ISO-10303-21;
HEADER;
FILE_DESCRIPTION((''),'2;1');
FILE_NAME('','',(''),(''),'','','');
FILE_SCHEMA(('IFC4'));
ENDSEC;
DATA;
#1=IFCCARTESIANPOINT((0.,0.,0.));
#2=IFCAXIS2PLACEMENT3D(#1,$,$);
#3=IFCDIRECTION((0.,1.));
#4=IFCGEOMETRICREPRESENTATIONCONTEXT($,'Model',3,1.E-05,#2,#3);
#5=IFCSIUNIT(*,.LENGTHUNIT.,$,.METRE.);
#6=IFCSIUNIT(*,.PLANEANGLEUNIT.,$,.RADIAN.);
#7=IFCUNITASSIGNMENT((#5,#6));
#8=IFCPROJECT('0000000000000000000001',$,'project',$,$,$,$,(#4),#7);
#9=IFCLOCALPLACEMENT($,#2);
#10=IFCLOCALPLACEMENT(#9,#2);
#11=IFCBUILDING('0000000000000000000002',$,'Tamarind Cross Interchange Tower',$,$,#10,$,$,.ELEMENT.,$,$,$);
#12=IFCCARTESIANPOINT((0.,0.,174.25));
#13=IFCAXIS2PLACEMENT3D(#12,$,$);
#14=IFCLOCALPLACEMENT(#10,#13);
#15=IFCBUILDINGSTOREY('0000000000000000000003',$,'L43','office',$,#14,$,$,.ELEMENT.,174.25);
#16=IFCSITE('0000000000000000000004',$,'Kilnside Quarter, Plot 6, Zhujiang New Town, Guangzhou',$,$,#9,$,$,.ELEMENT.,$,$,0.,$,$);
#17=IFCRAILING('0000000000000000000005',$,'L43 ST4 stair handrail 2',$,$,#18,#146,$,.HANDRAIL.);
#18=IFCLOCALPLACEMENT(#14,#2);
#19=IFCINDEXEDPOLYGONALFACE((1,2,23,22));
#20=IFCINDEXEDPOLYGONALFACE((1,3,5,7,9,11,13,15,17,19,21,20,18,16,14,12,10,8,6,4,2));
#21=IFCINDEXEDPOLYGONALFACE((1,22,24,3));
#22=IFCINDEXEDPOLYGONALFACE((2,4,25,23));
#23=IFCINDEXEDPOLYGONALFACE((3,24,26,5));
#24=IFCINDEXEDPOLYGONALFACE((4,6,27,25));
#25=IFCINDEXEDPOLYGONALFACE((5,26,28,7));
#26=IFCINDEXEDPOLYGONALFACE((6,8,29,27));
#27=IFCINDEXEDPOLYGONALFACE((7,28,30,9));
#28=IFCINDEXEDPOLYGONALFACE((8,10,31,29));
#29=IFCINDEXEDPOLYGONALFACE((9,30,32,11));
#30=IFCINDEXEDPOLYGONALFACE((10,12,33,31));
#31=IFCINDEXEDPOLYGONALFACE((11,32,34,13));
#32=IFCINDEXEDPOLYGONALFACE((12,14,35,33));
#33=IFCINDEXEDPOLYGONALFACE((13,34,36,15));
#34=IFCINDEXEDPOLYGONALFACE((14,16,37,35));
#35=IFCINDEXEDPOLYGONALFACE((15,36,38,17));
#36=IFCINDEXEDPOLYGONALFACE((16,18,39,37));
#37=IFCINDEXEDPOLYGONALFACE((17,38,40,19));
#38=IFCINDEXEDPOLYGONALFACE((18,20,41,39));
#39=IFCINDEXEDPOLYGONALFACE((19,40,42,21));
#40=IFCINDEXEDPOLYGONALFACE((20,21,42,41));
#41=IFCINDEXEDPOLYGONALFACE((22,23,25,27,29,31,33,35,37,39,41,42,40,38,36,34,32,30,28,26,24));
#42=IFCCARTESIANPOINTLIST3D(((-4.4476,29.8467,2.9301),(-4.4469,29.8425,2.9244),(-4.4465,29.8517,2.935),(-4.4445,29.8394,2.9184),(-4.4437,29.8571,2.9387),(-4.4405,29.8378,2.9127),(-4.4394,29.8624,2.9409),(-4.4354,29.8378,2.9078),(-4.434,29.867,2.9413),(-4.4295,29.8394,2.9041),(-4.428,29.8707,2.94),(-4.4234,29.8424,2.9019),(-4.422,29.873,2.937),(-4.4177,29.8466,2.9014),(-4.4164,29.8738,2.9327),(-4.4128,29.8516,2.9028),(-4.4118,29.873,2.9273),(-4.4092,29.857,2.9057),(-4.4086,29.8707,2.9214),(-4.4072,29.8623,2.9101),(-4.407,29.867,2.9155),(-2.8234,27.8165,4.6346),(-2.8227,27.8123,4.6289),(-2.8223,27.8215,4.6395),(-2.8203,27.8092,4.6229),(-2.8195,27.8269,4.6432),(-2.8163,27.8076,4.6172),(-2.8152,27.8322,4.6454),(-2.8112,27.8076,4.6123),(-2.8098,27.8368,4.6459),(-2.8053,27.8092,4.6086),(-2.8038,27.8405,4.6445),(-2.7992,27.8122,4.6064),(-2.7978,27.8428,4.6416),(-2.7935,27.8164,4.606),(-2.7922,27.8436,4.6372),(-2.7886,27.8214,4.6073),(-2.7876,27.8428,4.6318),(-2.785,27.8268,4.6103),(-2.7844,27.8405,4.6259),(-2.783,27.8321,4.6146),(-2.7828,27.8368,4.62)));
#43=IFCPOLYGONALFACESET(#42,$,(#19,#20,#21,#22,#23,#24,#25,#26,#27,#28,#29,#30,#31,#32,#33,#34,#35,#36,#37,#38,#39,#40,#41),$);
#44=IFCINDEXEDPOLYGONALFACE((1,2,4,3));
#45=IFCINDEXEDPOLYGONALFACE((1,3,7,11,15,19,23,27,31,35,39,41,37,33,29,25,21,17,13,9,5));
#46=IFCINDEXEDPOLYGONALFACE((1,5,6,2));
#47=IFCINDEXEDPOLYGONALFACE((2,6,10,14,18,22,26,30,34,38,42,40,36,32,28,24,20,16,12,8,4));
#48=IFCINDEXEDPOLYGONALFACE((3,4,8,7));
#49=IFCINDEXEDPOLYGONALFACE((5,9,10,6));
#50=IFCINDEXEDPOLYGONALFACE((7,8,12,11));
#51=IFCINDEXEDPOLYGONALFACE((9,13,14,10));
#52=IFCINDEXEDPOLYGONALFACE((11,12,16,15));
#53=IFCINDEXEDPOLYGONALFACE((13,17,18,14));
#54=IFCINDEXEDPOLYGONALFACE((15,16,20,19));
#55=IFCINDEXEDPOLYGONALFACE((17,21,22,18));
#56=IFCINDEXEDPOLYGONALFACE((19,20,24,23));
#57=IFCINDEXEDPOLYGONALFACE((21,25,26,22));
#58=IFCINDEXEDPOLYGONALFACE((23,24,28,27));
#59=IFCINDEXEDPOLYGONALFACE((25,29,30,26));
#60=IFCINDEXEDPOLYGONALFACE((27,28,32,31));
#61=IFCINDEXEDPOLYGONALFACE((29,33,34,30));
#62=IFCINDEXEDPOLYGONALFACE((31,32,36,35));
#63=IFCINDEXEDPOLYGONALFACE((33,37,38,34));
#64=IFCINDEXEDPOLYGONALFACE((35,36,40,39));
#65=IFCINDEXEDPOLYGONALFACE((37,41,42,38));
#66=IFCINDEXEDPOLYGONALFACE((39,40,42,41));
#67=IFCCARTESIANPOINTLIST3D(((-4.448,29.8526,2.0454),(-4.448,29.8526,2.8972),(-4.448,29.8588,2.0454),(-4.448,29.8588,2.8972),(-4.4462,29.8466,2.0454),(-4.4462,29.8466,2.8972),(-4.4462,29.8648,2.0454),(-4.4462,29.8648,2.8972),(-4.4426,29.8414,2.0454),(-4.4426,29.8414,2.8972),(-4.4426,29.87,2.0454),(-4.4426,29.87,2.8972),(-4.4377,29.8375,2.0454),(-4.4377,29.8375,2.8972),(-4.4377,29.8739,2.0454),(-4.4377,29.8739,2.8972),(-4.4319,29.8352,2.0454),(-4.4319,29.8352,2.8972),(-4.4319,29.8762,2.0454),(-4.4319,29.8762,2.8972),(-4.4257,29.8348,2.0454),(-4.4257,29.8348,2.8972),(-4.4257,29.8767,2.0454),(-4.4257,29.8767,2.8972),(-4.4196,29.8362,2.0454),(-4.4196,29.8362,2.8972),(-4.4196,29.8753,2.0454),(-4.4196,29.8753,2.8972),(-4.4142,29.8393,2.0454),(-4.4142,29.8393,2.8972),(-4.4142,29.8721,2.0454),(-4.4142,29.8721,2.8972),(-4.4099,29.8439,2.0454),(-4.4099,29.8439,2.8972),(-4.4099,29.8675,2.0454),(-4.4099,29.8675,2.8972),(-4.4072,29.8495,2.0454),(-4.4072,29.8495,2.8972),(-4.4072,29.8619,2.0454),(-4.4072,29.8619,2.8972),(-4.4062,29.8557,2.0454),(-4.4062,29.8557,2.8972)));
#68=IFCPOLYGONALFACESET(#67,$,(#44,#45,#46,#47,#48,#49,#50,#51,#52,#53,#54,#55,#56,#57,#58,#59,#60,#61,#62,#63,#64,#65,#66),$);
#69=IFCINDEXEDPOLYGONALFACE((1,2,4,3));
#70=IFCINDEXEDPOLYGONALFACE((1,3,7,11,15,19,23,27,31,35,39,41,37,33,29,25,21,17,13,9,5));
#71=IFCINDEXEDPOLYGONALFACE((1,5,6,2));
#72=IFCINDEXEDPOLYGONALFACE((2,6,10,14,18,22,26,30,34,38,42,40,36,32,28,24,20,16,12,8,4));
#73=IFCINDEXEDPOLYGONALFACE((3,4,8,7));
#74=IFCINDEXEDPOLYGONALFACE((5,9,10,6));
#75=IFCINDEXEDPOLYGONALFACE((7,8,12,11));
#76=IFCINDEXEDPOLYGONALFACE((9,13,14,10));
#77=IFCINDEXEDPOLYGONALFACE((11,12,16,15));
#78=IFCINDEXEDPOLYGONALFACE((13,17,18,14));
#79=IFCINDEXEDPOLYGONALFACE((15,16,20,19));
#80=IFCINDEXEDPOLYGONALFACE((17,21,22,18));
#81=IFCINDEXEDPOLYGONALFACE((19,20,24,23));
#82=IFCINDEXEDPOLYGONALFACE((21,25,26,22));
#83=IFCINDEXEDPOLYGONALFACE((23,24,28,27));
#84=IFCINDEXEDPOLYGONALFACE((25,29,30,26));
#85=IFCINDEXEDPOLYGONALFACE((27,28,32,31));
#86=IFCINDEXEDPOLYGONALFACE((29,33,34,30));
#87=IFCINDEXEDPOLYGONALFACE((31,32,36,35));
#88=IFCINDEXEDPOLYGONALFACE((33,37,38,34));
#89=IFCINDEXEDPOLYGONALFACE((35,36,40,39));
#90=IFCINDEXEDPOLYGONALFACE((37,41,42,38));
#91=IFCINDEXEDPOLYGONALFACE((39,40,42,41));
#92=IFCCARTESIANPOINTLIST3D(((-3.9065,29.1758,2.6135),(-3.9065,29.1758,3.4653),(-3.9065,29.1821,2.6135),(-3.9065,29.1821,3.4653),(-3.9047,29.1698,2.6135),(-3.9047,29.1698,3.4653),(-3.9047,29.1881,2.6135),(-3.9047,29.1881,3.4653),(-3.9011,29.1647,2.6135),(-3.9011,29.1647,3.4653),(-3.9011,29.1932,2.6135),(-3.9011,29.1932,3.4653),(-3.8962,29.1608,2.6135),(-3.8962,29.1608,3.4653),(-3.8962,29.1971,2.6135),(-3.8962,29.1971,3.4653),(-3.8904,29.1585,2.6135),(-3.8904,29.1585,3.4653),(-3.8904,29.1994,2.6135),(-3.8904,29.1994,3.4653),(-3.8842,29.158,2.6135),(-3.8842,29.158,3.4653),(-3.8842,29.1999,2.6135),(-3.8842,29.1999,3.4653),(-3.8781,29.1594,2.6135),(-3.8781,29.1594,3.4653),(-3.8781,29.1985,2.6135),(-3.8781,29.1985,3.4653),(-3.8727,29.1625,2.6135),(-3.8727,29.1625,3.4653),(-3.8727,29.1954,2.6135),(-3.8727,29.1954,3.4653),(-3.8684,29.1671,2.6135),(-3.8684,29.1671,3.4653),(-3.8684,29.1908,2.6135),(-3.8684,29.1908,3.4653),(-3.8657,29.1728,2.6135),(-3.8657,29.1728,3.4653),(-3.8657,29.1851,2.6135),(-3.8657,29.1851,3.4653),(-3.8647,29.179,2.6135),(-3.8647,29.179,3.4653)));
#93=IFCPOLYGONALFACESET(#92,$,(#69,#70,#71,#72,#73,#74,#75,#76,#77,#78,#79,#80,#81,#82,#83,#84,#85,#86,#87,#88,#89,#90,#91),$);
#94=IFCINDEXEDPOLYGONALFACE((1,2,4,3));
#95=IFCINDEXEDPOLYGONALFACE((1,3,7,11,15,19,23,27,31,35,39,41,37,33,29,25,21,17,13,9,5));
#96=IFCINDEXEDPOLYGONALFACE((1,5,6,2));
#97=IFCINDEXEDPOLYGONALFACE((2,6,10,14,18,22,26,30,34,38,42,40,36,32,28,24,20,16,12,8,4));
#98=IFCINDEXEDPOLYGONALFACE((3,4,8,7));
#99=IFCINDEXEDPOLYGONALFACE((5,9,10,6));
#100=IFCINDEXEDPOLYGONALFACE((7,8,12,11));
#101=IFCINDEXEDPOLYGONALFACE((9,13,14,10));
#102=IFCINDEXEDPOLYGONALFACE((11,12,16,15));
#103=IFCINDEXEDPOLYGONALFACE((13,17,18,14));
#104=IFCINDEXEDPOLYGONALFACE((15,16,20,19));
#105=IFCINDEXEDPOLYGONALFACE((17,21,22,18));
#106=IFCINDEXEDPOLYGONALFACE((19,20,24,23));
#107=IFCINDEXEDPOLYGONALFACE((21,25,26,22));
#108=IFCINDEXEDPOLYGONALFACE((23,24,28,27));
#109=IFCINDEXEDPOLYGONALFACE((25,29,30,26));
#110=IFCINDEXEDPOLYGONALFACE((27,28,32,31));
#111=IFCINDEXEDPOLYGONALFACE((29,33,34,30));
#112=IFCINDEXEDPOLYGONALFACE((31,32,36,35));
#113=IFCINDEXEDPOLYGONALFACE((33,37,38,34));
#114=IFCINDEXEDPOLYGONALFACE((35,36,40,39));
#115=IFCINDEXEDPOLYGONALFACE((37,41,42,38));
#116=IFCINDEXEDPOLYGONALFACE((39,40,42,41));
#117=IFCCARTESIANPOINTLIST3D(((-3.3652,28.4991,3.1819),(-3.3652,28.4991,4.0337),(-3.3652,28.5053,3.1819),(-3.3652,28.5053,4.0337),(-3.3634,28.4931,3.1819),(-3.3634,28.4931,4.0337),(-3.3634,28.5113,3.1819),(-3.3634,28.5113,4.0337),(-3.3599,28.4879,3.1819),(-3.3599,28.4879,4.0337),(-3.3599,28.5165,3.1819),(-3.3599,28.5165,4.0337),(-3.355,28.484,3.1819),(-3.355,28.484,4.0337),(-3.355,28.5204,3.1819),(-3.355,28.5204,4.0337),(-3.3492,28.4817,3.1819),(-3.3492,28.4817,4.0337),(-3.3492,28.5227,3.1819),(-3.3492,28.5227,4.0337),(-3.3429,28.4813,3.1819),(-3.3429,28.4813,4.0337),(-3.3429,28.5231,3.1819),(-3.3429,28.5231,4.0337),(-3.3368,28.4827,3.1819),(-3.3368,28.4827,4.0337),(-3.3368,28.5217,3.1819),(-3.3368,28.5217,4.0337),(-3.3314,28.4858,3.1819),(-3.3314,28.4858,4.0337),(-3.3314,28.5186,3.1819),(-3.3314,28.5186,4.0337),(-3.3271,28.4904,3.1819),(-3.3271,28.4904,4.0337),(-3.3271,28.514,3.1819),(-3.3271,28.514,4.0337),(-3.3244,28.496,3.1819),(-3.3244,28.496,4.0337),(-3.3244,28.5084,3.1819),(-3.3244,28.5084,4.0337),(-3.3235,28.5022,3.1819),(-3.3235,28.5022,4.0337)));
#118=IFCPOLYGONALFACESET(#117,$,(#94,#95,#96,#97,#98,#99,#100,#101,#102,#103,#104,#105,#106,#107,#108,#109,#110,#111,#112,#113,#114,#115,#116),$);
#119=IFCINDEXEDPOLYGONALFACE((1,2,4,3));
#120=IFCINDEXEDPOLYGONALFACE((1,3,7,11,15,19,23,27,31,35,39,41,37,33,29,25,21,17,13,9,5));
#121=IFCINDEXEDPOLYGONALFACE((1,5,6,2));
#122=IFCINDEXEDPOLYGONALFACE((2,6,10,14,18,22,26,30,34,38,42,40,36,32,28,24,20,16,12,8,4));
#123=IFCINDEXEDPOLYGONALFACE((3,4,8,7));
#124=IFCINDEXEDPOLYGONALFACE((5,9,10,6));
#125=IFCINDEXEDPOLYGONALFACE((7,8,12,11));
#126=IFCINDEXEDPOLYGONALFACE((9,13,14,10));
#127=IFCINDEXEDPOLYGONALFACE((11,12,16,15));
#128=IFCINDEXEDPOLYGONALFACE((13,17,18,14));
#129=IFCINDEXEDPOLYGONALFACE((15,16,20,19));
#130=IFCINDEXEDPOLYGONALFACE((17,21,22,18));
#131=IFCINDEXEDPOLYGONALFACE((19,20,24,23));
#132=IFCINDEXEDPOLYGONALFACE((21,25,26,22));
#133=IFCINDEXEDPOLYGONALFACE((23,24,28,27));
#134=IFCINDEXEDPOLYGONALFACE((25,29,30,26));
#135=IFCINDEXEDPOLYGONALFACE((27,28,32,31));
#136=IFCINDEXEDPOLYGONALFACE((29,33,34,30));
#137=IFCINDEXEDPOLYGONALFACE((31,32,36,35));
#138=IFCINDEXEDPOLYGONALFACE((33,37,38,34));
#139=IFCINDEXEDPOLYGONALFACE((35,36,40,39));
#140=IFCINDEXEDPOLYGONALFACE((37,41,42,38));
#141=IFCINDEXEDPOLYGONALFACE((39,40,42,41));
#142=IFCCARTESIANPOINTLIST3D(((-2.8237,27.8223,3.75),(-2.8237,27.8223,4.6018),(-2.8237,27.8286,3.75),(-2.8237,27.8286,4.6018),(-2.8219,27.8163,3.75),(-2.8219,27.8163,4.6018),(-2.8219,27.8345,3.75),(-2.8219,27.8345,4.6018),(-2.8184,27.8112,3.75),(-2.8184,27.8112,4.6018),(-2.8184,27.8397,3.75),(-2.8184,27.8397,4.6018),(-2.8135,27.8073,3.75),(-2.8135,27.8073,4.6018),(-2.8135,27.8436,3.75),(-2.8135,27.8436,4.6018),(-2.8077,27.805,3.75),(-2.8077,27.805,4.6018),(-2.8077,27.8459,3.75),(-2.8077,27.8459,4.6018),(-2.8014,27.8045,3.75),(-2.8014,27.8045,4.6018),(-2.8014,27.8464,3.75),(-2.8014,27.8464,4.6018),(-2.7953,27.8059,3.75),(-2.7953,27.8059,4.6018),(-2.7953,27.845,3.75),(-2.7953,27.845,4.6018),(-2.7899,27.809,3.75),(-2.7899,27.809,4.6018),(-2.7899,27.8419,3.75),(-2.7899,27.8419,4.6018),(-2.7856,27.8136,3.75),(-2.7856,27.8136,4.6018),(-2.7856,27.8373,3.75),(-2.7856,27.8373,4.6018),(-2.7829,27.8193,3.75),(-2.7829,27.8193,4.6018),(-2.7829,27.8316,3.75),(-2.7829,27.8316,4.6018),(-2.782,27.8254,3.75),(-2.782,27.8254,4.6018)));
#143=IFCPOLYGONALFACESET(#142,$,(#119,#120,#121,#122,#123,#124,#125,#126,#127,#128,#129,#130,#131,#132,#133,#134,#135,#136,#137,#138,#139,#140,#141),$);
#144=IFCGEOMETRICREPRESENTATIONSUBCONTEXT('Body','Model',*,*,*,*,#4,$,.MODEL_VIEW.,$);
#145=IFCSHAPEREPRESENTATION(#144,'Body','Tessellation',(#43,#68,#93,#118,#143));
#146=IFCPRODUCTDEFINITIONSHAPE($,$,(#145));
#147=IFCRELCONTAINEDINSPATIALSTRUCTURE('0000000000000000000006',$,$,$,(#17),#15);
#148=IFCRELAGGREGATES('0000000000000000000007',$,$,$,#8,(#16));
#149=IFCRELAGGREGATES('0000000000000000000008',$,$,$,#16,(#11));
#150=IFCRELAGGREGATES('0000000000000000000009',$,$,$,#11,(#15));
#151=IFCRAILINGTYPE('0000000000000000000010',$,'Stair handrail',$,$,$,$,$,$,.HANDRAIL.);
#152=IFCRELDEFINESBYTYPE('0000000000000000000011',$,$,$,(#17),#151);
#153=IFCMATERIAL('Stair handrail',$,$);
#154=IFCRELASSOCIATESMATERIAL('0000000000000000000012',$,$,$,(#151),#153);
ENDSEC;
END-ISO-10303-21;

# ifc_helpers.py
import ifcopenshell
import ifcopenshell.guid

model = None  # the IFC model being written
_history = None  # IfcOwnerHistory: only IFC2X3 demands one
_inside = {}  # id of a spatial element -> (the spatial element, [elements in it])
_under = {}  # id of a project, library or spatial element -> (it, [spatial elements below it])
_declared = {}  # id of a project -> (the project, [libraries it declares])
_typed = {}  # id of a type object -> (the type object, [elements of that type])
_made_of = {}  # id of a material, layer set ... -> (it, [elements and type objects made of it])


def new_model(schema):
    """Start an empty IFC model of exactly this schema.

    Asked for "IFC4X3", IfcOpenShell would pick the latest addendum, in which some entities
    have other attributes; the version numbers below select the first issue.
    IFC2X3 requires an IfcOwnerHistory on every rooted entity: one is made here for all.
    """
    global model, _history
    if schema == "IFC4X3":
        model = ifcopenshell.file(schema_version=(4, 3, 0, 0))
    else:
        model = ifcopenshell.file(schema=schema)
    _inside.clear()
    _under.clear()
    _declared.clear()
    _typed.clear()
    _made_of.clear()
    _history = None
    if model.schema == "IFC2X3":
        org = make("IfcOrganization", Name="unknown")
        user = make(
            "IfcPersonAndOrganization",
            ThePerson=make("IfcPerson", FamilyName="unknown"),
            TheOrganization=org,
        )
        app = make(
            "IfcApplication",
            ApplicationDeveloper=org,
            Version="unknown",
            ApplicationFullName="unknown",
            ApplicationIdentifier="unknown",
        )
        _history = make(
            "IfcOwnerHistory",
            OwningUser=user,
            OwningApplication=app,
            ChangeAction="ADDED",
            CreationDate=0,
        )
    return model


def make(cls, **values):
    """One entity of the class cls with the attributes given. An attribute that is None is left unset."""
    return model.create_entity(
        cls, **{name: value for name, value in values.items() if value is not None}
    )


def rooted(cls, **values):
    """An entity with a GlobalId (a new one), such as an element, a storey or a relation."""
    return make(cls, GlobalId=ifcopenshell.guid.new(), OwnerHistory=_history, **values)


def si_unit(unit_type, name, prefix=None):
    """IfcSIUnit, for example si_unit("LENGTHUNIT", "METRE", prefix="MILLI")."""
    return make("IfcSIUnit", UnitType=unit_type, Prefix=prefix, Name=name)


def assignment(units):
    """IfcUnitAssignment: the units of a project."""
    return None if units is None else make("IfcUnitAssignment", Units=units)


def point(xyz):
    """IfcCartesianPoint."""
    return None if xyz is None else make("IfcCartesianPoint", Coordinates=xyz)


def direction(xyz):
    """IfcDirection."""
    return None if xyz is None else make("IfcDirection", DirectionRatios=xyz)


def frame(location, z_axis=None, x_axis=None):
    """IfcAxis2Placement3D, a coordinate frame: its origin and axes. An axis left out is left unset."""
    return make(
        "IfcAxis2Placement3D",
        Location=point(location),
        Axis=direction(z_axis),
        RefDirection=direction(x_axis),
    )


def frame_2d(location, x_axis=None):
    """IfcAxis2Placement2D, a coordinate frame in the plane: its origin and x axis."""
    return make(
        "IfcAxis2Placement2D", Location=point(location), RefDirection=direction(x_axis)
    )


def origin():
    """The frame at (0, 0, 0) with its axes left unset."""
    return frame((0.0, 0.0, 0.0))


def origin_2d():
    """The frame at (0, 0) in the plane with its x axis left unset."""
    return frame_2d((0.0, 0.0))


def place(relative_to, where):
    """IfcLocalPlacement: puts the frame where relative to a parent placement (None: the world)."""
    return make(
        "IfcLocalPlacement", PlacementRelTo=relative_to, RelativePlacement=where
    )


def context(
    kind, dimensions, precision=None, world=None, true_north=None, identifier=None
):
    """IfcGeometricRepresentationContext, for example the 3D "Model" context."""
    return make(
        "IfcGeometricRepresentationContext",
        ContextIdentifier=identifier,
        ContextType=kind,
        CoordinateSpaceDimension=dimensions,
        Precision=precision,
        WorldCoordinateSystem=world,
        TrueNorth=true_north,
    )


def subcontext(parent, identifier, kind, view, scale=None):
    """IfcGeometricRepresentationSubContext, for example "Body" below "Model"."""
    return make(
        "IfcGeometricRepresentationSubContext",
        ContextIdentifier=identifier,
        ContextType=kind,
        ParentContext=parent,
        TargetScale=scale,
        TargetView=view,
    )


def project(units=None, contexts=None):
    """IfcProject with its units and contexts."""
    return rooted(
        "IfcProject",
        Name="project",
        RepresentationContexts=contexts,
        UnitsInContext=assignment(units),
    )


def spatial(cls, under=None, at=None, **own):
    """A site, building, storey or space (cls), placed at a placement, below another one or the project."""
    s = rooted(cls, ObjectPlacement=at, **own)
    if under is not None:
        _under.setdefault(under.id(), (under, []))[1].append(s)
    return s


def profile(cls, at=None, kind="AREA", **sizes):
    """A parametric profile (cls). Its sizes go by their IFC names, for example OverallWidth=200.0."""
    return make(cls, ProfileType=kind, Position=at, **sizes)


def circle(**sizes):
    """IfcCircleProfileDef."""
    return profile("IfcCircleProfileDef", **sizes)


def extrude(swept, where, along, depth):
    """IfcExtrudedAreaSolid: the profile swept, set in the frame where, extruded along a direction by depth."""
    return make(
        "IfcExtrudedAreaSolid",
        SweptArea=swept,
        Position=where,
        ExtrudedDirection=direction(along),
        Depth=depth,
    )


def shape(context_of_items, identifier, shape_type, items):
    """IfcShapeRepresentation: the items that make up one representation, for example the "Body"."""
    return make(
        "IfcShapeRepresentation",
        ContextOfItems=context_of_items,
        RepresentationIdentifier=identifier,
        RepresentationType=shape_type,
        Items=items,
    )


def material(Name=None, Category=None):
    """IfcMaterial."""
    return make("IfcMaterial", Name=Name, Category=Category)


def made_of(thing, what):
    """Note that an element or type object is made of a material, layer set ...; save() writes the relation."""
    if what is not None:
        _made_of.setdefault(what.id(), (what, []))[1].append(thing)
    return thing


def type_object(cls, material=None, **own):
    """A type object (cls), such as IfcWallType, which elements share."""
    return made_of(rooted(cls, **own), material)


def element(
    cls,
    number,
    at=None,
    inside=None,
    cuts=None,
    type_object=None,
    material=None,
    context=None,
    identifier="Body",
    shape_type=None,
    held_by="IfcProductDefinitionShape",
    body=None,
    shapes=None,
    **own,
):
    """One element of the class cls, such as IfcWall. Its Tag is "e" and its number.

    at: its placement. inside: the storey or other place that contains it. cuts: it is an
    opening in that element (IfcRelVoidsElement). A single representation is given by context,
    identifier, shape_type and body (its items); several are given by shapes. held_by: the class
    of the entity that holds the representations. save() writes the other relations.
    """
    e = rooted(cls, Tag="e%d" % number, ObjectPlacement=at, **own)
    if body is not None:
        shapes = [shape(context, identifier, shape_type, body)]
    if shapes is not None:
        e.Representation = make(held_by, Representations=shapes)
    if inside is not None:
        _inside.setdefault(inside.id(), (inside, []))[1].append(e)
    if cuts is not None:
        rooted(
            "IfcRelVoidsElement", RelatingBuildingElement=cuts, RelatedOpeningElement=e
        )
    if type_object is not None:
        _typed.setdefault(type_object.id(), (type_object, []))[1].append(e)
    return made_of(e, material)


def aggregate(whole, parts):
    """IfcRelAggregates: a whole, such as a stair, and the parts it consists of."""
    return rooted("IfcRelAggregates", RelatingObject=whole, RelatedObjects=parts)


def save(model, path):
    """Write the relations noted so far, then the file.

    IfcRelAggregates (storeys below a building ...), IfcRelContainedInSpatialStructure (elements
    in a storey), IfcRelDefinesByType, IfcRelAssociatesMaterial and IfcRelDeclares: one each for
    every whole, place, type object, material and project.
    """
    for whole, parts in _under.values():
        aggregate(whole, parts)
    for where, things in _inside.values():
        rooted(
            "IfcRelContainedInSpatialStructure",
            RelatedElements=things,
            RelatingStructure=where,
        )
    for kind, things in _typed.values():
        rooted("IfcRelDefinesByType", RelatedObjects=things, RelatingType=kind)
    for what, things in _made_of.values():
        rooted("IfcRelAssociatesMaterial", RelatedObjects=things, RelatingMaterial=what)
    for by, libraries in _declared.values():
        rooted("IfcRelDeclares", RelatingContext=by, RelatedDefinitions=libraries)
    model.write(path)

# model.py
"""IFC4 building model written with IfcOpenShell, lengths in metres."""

from ifc_helpers import new_model, si_unit, direction, frame, origin, origin_2d, place, context, subcontext, project, spatial, circle, extrude, material, type_object, element, save


model = new_model("IFC4")

# Units and contexts
model_context = context("Model", 3, precision=1e-05, world=origin(), true_north=direction((0.0, 1.0)))
body_context = subcontext(model_context, "Body", "Model", "MODEL_VIEW")
ifc_project = project(units=[si_unit("LENGTHUNIT", "METRE"), si_unit("PLANEANGLEUNIT", "RADIAN")], contexts=[model_context])

# Site, building, storey
site_placement = place(None, origin())
site = spatial("IfcSite", under=ifc_project, at=site_placement, Name="Kilnside Quarter, Plot 6, Zhujiang New Town, Guangzhou", CompositionType="ELEMENT", RefElevation=0.0)
building_placement = place(site_placement, origin())
building = spatial("IfcBuilding", under=site, at=building_placement, Name="Tamarind Cross Interchange Tower", CompositionType="ELEMENT")
storey_placement = place(building_placement, frame((0.0, 0.0, 174.25)))
storey = spatial("IfcBuildingStorey", under=building, at=storey_placement, Name="L43", Description="office", CompositionType="ELEMENT", Elevation=174.25)

# Railing
ifc_material_1 = material(Name="Stair handrail")
railing_type_1 = type_object("IfcRailingType", Name="Stair handrail", PredefinedType="HANDRAIL", material=ifc_material_1)
railing_1_placement = place(storey_placement, frame((-4.4272, 29.8557, 2.0454)))
element("IfcRailing", 1, at=railing_1_placement, inside=storey, type_object=railing_type_1, Name="L43 ST4 stair handrail 2", PredefinedType="HANDRAIL", context=body_context, shape_type="SweptSolid", body=[
    extrude(circle(Radius=0.0239, at=origin_2d()), frame((0.0, 0.0, 0.876), z_axis=(0.52244, -0.653031, 0.548276), x_axis=(0.78086, 0.624706, 0.0)), (0.0, 0.0, 1.0), 3.1089),
    extrude(circle(Radius=0.021, at=origin_2d()), origin(), (0.0, 0.0, 1.0), 0.8518),
    extrude(circle(Radius=0.021, at=origin_2d()), frame((0.5415, -0.6768, 0.5681)), (0.0, 0.0, 1.0), 0.8518),
    extrude(circle(Radius=0.021, at=origin_2d()), frame((1.0828, -1.3535, 1.1365)), (0.0, 0.0, 1.0), 0.8518),
    extrude(circle(Radius=0.021, at=origin_2d()), frame((1.6243, -2.0303, 1.7046)), (0.0, 0.0, 1.0), 0.8518),
])

save(model, "model.ifc")
